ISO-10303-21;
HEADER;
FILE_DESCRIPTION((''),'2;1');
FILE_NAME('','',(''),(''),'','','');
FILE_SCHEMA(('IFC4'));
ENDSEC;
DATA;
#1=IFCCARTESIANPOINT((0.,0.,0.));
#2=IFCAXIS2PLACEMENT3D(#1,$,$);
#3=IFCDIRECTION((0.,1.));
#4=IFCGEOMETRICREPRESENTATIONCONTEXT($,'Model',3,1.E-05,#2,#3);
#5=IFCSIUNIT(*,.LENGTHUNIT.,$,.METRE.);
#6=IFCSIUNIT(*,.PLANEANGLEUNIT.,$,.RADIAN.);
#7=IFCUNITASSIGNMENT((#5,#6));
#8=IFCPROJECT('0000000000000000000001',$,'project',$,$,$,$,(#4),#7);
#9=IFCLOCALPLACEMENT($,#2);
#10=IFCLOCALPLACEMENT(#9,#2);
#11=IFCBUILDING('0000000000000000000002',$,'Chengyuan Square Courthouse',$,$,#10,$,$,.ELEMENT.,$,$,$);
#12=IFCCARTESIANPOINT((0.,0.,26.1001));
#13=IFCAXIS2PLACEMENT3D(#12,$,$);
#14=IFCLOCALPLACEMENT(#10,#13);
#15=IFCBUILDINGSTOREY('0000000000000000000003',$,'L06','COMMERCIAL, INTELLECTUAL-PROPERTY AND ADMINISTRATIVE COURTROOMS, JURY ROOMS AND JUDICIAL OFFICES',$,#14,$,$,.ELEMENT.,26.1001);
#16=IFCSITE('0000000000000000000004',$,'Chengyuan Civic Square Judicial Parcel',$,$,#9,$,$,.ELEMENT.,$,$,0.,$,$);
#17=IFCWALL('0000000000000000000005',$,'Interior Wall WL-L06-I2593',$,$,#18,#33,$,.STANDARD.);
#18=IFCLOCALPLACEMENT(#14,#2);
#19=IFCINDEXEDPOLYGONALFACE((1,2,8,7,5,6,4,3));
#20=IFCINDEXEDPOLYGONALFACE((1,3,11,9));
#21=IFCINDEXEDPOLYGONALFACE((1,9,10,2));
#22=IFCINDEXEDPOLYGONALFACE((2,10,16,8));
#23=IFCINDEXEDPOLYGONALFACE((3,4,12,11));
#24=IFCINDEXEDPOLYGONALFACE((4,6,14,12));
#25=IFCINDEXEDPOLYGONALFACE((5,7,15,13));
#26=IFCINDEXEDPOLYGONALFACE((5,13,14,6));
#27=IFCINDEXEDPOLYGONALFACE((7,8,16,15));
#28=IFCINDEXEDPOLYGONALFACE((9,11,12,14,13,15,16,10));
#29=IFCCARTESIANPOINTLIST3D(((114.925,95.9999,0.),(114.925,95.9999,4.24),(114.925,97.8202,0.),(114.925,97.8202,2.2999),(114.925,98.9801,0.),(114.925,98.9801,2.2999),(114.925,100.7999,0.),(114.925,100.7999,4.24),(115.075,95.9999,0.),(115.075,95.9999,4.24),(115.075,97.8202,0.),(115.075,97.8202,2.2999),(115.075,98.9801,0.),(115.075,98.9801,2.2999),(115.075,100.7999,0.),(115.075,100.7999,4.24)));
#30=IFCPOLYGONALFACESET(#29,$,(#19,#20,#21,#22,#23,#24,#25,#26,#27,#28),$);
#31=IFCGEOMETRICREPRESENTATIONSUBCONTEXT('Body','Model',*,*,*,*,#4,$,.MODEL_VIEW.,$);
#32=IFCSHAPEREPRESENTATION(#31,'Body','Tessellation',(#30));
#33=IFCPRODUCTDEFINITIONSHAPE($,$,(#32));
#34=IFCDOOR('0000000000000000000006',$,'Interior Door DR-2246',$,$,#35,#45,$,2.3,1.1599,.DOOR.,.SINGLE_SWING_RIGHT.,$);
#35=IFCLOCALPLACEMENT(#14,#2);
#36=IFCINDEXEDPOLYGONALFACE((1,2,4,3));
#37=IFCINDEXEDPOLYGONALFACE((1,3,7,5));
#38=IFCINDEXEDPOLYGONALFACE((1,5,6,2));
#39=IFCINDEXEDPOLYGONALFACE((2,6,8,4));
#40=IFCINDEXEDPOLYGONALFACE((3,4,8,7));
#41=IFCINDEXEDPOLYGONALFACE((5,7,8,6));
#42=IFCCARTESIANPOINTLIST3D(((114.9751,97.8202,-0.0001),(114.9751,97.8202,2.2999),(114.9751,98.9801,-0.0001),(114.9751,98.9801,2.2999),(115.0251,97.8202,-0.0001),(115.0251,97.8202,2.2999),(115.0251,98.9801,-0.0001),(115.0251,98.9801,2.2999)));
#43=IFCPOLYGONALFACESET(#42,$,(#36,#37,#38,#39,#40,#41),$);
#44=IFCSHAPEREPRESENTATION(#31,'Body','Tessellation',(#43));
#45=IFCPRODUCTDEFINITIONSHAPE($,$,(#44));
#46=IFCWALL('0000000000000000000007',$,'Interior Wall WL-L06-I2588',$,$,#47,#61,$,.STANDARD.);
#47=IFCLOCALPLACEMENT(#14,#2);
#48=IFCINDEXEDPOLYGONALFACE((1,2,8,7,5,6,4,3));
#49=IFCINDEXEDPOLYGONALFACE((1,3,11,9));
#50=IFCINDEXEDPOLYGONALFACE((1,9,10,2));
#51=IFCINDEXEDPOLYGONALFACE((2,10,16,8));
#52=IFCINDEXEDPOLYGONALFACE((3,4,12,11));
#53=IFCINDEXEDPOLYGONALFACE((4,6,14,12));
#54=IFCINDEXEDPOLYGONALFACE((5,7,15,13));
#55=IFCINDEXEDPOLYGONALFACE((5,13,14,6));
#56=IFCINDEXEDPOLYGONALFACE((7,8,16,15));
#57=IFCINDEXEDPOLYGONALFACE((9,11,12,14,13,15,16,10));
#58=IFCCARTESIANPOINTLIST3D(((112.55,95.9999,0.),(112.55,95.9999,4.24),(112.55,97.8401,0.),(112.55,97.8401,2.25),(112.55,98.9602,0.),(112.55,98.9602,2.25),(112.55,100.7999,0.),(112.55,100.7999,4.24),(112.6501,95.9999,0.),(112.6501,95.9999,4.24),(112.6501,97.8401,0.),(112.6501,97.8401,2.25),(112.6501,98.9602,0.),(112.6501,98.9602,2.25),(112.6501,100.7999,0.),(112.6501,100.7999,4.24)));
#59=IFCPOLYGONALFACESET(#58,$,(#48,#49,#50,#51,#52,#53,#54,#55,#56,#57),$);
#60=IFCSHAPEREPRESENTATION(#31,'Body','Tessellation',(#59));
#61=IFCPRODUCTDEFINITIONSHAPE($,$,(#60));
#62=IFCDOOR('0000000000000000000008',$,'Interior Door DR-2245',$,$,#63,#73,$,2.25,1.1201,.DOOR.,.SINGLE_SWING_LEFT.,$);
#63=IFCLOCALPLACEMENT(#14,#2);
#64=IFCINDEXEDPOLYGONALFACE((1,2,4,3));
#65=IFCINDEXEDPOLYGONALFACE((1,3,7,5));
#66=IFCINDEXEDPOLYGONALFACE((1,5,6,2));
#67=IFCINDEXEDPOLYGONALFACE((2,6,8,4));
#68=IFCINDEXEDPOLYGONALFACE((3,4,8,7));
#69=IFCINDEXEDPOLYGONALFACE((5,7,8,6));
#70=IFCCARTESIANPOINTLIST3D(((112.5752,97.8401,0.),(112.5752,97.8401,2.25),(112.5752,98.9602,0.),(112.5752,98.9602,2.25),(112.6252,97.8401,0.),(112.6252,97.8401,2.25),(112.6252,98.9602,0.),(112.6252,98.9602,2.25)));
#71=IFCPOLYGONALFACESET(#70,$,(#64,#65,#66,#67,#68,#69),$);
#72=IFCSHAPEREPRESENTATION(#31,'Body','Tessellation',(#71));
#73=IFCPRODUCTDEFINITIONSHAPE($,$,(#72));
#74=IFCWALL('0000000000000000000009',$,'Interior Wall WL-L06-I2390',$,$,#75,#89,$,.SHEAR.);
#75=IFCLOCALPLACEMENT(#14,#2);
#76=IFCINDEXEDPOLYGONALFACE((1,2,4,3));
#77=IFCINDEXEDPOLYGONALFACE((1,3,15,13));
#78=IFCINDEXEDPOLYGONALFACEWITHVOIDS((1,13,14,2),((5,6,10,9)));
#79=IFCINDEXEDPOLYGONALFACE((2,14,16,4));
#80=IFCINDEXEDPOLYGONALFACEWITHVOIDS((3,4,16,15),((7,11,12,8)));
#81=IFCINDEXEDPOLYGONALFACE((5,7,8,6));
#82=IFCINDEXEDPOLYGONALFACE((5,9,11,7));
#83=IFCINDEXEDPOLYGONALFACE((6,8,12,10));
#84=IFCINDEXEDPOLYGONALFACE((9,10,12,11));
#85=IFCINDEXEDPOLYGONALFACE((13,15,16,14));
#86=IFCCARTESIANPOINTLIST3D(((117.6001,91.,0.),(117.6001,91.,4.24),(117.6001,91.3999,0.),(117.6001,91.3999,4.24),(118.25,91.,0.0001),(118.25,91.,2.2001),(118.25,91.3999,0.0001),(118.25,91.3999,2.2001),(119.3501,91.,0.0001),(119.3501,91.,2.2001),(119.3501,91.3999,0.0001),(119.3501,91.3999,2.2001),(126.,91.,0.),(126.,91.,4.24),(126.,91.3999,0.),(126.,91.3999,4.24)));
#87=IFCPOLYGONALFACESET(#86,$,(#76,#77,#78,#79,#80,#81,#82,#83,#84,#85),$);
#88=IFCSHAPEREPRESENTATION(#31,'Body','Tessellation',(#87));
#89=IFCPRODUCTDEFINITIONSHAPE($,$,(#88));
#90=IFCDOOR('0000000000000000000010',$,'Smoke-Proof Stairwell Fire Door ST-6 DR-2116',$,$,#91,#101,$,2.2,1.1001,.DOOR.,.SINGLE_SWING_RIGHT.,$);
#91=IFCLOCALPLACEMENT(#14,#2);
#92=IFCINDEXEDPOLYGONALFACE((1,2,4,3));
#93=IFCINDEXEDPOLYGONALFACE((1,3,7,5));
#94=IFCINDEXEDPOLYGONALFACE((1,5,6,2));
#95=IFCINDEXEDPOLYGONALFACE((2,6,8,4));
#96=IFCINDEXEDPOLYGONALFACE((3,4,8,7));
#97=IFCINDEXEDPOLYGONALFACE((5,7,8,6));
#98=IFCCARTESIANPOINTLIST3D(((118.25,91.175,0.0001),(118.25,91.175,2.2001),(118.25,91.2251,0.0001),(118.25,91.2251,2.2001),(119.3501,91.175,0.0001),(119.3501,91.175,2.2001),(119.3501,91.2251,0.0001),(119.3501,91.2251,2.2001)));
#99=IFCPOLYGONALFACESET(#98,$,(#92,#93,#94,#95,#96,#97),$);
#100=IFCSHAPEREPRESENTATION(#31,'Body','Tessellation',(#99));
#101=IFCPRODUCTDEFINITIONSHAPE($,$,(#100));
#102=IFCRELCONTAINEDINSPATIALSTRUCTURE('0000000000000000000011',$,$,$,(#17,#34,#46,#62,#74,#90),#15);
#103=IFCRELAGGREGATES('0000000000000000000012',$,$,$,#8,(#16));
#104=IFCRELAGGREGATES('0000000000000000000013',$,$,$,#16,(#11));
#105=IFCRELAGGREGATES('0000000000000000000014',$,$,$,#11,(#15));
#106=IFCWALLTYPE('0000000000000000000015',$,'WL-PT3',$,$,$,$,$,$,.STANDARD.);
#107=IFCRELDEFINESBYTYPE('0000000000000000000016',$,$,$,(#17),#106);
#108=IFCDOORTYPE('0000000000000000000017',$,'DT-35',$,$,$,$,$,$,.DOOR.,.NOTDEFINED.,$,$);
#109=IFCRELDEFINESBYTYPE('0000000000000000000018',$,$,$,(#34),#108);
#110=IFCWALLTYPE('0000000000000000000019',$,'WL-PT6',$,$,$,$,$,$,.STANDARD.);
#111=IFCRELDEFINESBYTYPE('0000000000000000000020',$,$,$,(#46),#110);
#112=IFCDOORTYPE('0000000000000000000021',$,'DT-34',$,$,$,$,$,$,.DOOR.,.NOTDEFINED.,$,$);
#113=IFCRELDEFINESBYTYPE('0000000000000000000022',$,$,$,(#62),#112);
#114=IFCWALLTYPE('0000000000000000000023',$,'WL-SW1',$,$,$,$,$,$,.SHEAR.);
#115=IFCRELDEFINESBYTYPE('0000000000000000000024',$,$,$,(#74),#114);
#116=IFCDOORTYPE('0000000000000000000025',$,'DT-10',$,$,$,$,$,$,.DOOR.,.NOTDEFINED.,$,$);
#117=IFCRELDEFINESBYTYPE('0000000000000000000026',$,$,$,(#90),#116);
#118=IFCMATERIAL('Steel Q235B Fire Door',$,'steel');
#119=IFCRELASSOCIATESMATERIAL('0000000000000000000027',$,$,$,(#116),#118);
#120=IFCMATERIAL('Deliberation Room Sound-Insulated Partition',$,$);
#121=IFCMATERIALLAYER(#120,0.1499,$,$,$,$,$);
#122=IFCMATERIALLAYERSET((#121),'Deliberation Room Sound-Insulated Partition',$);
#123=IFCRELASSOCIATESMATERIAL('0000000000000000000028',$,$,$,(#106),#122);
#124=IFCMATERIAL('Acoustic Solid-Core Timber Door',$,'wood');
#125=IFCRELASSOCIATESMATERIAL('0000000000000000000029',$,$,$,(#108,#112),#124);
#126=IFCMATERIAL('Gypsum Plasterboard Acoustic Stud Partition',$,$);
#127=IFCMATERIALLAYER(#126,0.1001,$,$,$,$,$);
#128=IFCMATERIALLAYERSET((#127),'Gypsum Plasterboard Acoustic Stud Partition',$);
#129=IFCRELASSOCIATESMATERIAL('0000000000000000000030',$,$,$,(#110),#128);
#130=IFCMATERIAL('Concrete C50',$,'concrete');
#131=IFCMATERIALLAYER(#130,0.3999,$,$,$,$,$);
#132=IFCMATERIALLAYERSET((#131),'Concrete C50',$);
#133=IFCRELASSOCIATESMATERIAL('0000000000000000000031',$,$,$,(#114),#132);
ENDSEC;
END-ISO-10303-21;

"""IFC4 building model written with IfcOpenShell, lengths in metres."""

from ifc_helpers import new_model, si_unit, direction, frame, frame_2d, origin, place, context, subcontext, project, spatial, rectangle, extrude, material, layer, layer_set, type_object, element, fill, save


model = new_model("IFC4")

# Units and contexts
model_context = context("Model", 3, precision=1e-05, world=origin(), true_north=direction((0.0, 1.0)))
body_context = subcontext(model_context, "Body", "Model", "MODEL_VIEW")
ifc_project = project(units=[si_unit("LENGTHUNIT", "METRE"), si_unit("PLANEANGLEUNIT", "RADIAN")], contexts=[model_context])

# Site, building, storey
site_placement = place(None, origin())
site = spatial("IfcSite", under=ifc_project, at=site_placement, Name="Chengyuan Civic Square Judicial Parcel", CompositionType="ELEMENT", RefElevation=0.0)
building_placement = place(site_placement, origin())
building = spatial("IfcBuilding", under=site, at=building_placement, Name="Chengyuan Square Courthouse", CompositionType="ELEMENT")
storey_placement = place(building_placement, frame((0.0, 0.0, 26.1001)))
storey = spatial("IfcBuildingStorey", under=building, at=storey_placement, Name="L06", Description="COMMERCIAL, INTELLECTUAL-PROPERTY AND ADMINISTRATIVE COURTROOMS, JURY ROOMS AND JUDICIAL OFFICES", CompositionType="ELEMENT", Elevation=26.1001)

# Shared definitions
ifc_material_1 = material(Name="Concrete C50", Category="concrete")

# Shared definitions
ifc_material_2 = material(Name="Steel Q235B Fire Door", Category="steel")

# Shared definitions
door_type_1 = type_object("IfcDoorType", Name="DT-10", OperationType="NOTDEFINED", PredefinedType="DOOR", material=ifc_material_2)
ifc_material_3 = material(Name="Deliberation Room Sound-Insulated Partition")
ifc_layer_1 = layer(ifc_material_3, 0.1499)
ifc_layer_set_1 = layer_set([ifc_layer_1], Name="Deliberation Room Sound-Insulated Partition")
wall_type_1 = type_object("IfcWallType", Name="WL-PT3", PredefinedType="STANDARD", material=ifc_layer_set_1)
ifc_material_4 = material(Name="Acoustic Solid-Core Timber Door", Category="wood")

# Walls, openings, doors
wall_1_placement = place(storey_placement, frame((115.0, 96.0, 0.0), z_axis=(0.0, 0.0, 1.0), x_axis=(0.0, 1.0, 0.0)))
wall_1 = element("IfcWall", 1, at=wall_1_placement, inside=storey, type_object=wall_type_1, Name="Interior Wall WL-L06-I2593", PredefinedType="STANDARD", context=body_context, shape_type="SweptSolid", body=[
    extrude(rectangle(XDim=4.8, YDim=0.1499, at=frame_2d((2.3999, 0.0))), origin(), (0.0, 0.0, 1.0), 4.24),
])
opening_1_placement = place(wall_1_placement, frame((1.8201, 0.0, 0.0)))
opening_1 = element("IfcOpeningElement", 2, at=opening_1_placement, cuts=wall_1, PredefinedType="OPENING", context=body_context, shape_type="SweptSolid", body=[
    extrude(rectangle(XDim=1.1599, YDim=2.3, at=frame_2d((0.5801, 1.1499))), frame((0.0, 0.0869, 0.0), z_axis=(0.0, -1.0, 0.0), x_axis=(1.0, 0.0, 0.0)), (0.0, 0.0, 1.0), 0.1738),
])
door_type_2 = type_object("IfcDoorType", Name="DT-35", OperationType="NOTDEFINED", PredefinedType="DOOR", material=ifc_material_4)
door_1_placement = place(opening_1_placement, origin())
door_1 = element("IfcDoor", 3, at=door_1_placement, inside=storey, type_object=door_type_2, Name="Interior Door DR-2246", OperationType="SINGLE_SWING_RIGHT", OverallHeight=2.3, OverallWidth=1.1599, PredefinedType="DOOR", context=body_context, shape_type="SweptSolid", body=[
    extrude(rectangle(XDim=1.1599, YDim=2.3, at=frame_2d((0.5801, 1.1499))), frame((0.0, 0.0249, 0.0), z_axis=(0.0, -1.0, 0.0), x_axis=(1.0, 0.0, 0.0)), (0.0, 0.0, 1.0), 0.05),
])
fill(opening_1, door_1)
ifc_material_5 = material(Name="Gypsum Plasterboard Acoustic Stud Partition")
ifc_layer_2 = layer(ifc_material_5, 0.1001)
ifc_layer_set_2 = layer_set([ifc_layer_2], Name="Gypsum Plasterboard Acoustic Stud Partition")
wall_type_2 = type_object("IfcWallType", Name="WL-PT6", PredefinedType="STANDARD", material=ifc_layer_set_2)
wall_2_placement = place(storey_placement, frame((112.6001, 96.0, 0.0), z_axis=(0.0, 0.0, 1.0), x_axis=(0.0, 1.0, 0.0)))
wall_2 = element("IfcWall", 4, at=wall_2_placement, inside=storey, type_object=wall_type_2, Name="Interior Wall WL-L06-I2588", PredefinedType="STANDARD", context=body_context, shape_type="SweptSolid", body=[
    extrude(rectangle(XDim=4.8, YDim=0.1001, at=frame_2d((2.3999, 0.0))), origin(), (0.0, 0.0, 1.0), 4.24),
])
opening_2_placement = place(wall_2_placement, frame((1.8401, 0.0, 0.0)))
opening_2 = element("IfcOpeningElement", 5, at=opening_2_placement, cuts=wall_2, PredefinedType="OPENING", context=body_context, shape_type="SweptSolid", body=[
    extrude(rectangle(XDim=1.1201, YDim=2.25, at=frame_2d((0.5601, 1.125))), frame((0.0, 0.062, 0.0), z_axis=(0.0, -1.0, 0.0), x_axis=(1.0, 0.0, 0.0)), (0.0, 0.0, 1.0), 0.124),
])
door_type_3 = type_object("IfcDoorType", Name="DT-34", OperationType="NOTDEFINED", PredefinedType="DOOR", material=ifc_material_4)
door_2_placement = place(opening_2_placement, origin())
door_2 = element("IfcDoor", 6, at=door_2_placement, inside=storey, type_object=door_type_3, Name="Interior Door DR-2245", OperationType="SINGLE_SWING_LEFT", OverallHeight=2.25, OverallWidth=1.1201, PredefinedType="DOOR", context=body_context, shape_type="SweptSolid", body=[
    extrude(rectangle(XDim=1.1201, YDim=2.25, at=frame_2d((0.5601, 1.125))), frame((0.0, 0.0249, 0.0), z_axis=(0.0, -1.0, 0.0), x_axis=(1.0, 0.0, 0.0)), (0.0, 0.0, 1.0), 0.05),
])
fill(opening_2, door_2)
ifc_layer_3 = layer(ifc_material_1, 0.3999)
ifc_layer_set_3 = layer_set([ifc_layer_3], Name="Concrete C50")
wall_type_3 = type_object("IfcWallType", Name="WL-SW1", PredefinedType="SHEAR", material=ifc_layer_set_3)
wall_3_placement = place(storey_placement, frame((117.6001, 91.2, 0.0), z_axis=(0.0, 0.0, 1.0), x_axis=(1.0, 0.0, 0.0)))
wall_3 = element("IfcWall", 7, at=wall_3_placement, inside=storey, type_object=wall_type_3, Name="Interior Wall WL-L06-I2390", PredefinedType="SHEAR", context=body_context, shape_type="SweptSolid", body=[
    extrude(rectangle(XDim=8.3999, YDim=0.3999, at=frame_2d((4.2, 0.0))), origin(), (0.0, 0.0, 1.0), 4.24),
])
opening_3_placement = place(wall_3_placement, frame((0.6499, 0.0, 0.0)))
opening_3 = element("IfcOpeningElement", 8, at=opening_3_placement, cuts=wall_3, PredefinedType="OPENING", context=body_context, shape_type="SweptSolid", body=[
    extrude(rectangle(XDim=1.1001, YDim=2.2, at=frame_2d((0.55, 1.1001))), frame((0.0, 0.2119, 0.0), z_axis=(0.0, -1.0, 0.0), x_axis=(1.0, 0.0, 0.0)), (0.0, 0.0, 1.0), 0.4238),
])
door_3_placement = place(opening_3_placement, frame((1.1001, 0.0, 0.0), z_axis=(0.0, 0.0, 1.0), x_axis=(-1.0, 0.0, 0.0)))
door_3 = element("IfcDoor", 9, at=door_3_placement, inside=storey, type_object=door_type_1, Name="Smoke-Proof Stairwell Fire Door ST-6 DR-2116", OperationType="SINGLE_SWING_RIGHT", OverallHeight=2.2, OverallWidth=1.1001, PredefinedType="DOOR", context=body_context, shape_type="SweptSolid", body=[
    extrude(rectangle(XDim=1.1001, YDim=2.2, at=frame_2d((0.55, 1.1001))), frame((0.0, 0.0249, 0.0), z_axis=(0.0, -1.0, 0.0), x_axis=(1.0, 0.0, 0.0)), (0.0, 0.0, 1.0), 0.05),
])
fill(opening_3, door_3)

save(model, "model.ifc")
